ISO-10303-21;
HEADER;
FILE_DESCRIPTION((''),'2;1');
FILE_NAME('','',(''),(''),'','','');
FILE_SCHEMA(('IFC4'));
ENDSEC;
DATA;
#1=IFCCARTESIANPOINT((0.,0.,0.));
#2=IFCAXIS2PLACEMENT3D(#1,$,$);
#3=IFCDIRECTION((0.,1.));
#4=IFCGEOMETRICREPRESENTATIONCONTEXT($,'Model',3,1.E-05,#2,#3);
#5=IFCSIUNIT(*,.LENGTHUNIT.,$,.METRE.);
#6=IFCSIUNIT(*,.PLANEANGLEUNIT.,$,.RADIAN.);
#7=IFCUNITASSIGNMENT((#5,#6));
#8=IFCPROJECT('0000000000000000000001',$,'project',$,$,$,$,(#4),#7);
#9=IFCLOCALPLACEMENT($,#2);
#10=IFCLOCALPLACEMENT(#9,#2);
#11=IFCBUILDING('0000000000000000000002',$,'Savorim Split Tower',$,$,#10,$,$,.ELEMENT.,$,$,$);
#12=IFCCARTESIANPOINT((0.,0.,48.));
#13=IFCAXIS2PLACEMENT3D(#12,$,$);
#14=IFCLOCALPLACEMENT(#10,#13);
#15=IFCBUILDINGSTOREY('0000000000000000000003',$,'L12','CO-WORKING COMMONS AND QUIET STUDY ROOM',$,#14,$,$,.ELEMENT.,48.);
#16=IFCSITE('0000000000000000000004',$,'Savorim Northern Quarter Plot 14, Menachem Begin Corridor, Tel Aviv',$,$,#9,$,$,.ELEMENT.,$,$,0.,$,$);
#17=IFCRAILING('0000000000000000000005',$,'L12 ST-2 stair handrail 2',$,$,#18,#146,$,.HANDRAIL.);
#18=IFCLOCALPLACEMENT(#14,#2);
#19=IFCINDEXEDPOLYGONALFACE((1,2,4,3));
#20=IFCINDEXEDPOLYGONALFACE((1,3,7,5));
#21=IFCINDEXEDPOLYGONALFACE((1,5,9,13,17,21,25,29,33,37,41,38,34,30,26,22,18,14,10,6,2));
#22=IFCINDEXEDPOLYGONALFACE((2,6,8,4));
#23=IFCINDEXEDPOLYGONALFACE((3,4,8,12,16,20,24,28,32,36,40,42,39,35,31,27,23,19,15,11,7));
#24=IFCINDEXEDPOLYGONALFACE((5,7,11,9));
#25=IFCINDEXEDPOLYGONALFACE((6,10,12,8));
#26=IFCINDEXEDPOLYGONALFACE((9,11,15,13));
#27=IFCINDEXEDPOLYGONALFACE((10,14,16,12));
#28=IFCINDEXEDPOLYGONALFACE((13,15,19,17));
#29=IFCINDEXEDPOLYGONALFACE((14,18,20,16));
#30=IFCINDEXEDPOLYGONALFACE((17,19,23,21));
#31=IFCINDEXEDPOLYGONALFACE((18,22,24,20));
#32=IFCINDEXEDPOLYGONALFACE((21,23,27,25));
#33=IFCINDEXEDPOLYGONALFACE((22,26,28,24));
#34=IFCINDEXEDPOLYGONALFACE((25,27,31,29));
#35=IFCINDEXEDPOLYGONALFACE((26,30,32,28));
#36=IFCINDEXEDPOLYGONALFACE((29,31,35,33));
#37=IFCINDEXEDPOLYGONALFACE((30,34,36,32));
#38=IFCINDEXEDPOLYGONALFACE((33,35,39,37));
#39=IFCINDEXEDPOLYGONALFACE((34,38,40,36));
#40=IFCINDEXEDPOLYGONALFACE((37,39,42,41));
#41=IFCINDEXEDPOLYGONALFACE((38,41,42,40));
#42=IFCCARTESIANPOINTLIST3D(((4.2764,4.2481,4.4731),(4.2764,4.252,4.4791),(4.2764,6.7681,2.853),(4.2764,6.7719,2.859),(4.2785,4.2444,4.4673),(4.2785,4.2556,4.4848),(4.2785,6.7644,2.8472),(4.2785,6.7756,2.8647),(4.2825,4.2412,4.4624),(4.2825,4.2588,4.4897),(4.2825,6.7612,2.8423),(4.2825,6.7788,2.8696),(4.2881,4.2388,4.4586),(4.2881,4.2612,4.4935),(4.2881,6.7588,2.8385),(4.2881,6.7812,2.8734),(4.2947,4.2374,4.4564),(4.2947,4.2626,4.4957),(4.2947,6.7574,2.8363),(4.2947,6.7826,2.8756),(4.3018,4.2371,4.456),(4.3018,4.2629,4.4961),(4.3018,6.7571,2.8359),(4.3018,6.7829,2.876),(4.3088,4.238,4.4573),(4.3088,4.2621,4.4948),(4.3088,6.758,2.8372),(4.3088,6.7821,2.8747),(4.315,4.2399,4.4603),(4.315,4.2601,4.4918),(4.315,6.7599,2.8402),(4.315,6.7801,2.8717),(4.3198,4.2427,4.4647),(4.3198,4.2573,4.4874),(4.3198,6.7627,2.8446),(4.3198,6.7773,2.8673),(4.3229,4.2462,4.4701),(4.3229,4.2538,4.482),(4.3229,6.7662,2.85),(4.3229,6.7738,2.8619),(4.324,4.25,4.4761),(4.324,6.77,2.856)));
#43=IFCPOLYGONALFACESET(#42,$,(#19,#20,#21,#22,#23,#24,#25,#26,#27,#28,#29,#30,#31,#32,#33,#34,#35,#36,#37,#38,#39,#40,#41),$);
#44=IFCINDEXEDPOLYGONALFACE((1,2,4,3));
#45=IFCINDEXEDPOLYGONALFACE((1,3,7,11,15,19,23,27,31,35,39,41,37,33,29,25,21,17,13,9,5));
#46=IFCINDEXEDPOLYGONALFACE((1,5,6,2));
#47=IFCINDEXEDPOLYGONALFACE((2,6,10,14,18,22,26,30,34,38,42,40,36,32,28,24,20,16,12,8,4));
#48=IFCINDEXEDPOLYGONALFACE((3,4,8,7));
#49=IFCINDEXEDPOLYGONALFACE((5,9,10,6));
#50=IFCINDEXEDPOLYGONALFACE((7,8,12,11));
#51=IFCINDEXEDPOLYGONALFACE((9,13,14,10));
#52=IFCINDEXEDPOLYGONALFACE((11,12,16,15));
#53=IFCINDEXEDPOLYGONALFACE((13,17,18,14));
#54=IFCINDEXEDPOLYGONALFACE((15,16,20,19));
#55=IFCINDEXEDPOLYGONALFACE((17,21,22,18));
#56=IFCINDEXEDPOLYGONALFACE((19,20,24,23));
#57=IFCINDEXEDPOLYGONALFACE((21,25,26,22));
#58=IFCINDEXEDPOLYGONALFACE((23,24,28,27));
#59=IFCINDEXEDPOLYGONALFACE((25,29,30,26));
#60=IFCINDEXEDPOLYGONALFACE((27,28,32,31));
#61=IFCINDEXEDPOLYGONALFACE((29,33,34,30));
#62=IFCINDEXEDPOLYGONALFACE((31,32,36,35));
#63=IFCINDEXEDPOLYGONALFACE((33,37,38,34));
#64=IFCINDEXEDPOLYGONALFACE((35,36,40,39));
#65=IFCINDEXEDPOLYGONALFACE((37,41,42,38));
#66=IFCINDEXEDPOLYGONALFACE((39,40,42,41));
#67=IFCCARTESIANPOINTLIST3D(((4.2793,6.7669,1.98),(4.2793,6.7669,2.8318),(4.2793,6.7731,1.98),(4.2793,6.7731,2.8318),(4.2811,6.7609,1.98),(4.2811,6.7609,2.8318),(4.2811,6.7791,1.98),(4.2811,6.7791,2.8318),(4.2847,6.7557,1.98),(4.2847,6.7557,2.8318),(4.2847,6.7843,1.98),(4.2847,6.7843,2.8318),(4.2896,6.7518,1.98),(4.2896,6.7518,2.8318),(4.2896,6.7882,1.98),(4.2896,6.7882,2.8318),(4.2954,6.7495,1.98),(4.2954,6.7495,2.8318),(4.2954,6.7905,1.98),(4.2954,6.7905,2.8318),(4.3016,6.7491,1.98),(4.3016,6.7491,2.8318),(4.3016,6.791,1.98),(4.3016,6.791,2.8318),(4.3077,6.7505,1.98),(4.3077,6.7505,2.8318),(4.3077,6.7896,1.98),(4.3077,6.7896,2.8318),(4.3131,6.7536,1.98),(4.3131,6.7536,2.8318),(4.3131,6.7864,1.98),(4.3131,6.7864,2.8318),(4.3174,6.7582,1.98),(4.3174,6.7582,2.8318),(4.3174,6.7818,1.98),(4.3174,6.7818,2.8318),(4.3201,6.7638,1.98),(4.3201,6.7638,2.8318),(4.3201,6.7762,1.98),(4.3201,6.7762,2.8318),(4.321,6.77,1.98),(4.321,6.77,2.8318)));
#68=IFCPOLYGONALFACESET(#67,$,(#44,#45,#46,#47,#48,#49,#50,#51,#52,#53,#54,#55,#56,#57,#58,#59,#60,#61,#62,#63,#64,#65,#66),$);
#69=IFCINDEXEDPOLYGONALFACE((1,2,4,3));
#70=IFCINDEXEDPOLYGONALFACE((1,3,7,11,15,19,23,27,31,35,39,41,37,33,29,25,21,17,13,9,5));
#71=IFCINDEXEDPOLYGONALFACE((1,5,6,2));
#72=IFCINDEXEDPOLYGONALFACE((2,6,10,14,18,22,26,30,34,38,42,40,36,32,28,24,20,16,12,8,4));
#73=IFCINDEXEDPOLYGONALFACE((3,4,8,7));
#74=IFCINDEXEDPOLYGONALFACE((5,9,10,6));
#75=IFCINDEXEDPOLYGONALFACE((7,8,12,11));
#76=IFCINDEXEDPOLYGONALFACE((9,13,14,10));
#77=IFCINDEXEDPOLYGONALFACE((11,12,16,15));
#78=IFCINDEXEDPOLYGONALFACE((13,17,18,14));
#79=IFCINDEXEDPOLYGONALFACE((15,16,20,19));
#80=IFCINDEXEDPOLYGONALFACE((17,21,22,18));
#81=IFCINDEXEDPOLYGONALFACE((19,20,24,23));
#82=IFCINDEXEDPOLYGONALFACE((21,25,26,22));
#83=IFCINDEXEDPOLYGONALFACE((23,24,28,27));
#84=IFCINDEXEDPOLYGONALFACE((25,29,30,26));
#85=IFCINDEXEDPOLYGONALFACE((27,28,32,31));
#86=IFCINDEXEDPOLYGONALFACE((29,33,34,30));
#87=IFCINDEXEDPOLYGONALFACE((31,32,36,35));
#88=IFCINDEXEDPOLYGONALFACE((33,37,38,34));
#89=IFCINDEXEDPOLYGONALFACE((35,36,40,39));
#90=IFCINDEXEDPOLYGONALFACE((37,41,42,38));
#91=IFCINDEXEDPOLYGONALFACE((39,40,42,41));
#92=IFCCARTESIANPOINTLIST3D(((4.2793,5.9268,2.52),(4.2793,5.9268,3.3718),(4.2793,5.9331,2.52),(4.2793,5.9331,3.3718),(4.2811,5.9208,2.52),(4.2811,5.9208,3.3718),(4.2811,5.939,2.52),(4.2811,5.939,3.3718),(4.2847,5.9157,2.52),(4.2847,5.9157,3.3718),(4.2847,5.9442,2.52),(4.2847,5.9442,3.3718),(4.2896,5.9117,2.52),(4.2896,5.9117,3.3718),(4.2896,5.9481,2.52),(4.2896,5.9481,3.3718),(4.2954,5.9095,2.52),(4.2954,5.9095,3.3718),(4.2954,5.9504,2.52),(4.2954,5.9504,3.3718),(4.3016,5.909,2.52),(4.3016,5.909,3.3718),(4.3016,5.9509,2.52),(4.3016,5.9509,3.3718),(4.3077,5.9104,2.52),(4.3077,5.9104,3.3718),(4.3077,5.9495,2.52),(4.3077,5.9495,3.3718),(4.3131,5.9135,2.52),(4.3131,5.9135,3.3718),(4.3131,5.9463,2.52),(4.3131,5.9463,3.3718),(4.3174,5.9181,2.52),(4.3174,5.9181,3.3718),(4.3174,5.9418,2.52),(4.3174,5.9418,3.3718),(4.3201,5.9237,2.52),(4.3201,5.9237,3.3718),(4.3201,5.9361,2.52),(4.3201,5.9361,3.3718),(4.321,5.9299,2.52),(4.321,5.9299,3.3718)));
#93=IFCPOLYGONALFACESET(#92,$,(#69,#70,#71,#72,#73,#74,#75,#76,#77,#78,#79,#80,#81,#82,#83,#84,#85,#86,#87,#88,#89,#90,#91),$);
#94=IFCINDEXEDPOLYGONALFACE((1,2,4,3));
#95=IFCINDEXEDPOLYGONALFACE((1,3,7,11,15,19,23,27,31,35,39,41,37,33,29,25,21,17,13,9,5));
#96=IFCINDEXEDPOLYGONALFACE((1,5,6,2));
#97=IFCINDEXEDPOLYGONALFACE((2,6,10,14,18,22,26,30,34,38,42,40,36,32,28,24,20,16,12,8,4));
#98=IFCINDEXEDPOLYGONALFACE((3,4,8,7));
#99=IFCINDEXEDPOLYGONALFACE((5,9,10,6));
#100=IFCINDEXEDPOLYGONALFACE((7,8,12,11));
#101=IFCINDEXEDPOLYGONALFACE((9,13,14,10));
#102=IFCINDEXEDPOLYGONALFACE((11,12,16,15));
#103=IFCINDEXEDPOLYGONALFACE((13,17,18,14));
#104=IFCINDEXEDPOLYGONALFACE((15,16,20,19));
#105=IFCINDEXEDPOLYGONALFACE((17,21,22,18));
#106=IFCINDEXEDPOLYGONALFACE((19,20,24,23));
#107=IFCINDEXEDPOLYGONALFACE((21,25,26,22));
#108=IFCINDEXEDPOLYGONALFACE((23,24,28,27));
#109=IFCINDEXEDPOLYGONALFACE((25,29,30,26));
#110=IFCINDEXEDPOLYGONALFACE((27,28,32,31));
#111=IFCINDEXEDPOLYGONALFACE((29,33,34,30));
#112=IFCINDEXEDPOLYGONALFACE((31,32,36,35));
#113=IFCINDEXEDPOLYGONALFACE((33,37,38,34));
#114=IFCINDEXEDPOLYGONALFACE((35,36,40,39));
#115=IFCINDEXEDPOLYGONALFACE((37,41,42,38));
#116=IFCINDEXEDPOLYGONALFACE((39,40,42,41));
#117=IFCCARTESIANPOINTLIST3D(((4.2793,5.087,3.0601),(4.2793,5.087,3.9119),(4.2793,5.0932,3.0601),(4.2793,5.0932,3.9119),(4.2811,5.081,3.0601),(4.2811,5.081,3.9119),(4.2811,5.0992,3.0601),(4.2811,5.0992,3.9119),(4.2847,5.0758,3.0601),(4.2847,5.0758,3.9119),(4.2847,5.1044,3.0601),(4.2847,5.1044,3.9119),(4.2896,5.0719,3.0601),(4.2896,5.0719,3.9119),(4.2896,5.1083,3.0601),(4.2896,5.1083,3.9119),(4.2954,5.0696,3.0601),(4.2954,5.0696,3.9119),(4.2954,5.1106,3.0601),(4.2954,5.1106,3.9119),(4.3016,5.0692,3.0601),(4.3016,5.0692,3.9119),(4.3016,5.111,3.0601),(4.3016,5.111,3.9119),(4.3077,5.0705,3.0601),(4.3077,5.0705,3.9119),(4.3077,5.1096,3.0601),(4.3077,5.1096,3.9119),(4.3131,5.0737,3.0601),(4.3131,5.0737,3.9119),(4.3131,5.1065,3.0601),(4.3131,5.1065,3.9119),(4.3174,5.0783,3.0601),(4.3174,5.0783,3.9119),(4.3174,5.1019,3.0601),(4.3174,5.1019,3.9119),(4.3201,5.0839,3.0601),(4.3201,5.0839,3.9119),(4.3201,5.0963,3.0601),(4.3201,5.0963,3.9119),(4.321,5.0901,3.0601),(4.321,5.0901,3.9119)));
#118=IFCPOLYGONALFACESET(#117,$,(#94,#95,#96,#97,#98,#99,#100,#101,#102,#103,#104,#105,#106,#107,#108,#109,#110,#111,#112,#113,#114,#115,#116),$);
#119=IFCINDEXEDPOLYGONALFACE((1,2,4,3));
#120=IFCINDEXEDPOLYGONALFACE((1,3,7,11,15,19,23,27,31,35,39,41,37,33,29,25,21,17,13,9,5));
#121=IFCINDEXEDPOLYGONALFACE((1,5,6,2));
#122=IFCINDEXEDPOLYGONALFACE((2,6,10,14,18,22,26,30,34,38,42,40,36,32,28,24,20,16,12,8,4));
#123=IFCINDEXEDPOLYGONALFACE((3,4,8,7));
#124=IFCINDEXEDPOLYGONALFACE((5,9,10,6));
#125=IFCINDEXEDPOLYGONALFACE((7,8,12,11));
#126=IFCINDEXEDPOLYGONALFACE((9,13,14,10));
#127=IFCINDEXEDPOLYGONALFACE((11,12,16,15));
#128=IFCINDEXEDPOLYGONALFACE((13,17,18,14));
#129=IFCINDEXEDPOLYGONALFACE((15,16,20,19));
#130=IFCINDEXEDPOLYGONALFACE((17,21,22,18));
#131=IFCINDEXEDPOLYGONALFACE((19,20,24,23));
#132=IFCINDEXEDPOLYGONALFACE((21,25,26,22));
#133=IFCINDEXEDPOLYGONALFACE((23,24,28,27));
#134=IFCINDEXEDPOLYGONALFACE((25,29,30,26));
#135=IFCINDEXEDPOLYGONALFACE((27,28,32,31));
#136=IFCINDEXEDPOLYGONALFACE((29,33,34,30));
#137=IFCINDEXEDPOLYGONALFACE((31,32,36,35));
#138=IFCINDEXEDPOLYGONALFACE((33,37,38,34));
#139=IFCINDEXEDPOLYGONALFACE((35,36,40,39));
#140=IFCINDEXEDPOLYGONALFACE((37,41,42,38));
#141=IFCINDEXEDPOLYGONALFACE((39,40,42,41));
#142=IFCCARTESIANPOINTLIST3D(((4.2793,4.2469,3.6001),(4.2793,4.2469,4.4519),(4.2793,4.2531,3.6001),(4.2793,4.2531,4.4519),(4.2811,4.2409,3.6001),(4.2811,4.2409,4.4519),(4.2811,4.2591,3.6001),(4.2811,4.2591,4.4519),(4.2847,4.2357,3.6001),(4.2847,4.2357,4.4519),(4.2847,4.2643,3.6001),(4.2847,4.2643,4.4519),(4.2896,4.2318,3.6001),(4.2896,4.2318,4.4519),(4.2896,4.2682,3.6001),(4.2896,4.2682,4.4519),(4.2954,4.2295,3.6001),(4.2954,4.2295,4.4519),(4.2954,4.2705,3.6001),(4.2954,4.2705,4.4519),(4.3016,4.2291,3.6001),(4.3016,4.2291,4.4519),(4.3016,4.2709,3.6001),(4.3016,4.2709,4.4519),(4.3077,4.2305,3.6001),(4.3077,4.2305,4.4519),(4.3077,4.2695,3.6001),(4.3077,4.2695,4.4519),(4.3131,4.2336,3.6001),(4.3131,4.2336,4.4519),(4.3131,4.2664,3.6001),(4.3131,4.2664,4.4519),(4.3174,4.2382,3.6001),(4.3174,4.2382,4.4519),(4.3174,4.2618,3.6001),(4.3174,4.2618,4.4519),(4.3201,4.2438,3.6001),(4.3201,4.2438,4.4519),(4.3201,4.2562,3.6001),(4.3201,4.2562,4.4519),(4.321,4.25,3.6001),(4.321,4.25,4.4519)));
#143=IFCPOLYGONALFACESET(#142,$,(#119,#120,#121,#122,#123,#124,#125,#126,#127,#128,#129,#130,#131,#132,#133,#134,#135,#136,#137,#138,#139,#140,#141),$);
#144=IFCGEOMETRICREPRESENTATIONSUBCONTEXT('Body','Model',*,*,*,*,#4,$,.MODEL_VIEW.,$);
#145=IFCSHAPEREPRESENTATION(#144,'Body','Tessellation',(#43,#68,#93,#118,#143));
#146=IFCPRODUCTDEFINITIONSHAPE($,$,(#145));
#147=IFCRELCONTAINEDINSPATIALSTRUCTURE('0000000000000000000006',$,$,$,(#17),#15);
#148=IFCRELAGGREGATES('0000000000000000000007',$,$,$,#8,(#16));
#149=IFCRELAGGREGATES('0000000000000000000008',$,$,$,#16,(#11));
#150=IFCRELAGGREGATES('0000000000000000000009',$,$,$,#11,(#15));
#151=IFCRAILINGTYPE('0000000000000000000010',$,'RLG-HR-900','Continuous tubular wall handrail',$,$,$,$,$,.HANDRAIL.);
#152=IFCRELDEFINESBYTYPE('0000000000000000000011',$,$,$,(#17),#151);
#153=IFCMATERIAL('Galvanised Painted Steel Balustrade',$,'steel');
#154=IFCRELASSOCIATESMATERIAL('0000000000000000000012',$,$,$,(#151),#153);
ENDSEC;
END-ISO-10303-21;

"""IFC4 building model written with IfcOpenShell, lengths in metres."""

from ifc_helpers import new_model, si_unit, direction, frame, origin, origin_2d, place, context, subcontext, project, spatial, circle, extrude, material, type_object, element, save


model = new_model("IFC4")

# Units and contexts
model_context = context("Model", 3, precision=1e-05, world=origin(), true_north=direction((0.0, 1.0)))
body_context = subcontext(model_context, "Body", "Model", "MODEL_VIEW")
ifc_project = project(units=[si_unit("LENGTHUNIT", "METRE"), si_unit("PLANEANGLEUNIT", "RADIAN")], contexts=[model_context])

# Site, building, storey
site_placement = place(None, origin())
site = spatial("IfcSite", under=ifc_project, at=site_placement, Name="Savorim Northern Quarter Plot 14, Menachem Begin Corridor, Tel Aviv", CompositionType="ELEMENT", RefElevation=0.0)
building_placement = place(site_placement, origin())
building = spatial("IfcBuilding", under=site, at=building_placement, Name="Savorim Split Tower", CompositionType="ELEMENT")
storey_placement = place(building_placement, frame((0.0, 0.0, 48.0)))
storey = spatial("IfcBuildingStorey", under=building, at=storey_placement, Name="L12", Description="CO-WORKING COMMONS AND QUIET STUDY ROOM", CompositionType="ELEMENT", Elevation=48.0)

# Railing
ifc_material_1 = material(Name="Galvanised Painted Steel Balustrade", Category="steel")
railing_type_1 = type_object("IfcRailingType", Name="RLG-HR-900", Description="Continuous tubular wall handrail", PredefinedType="HANDRAIL", material=ifc_material_1)
railing_1_placement = place(storey_placement, frame((4.3, 6.77, 1.98)))
element("IfcRailing", 1, at=railing_1_placement, inside=storey, type_object=railing_type_1, Name="L12 ST-2 stair handrail 2", PredefinedType="HANDRAIL", context=body_context, shape_type="SweptSolid", body=[
    extrude(circle(Radius=0.0239, at=origin_2d()), frame((0.0, 0.0, 0.876), z_axis=(0.0, -0.841163, 0.540782), x_axis=(1.0, 0.0, 0.0)), (0.0, 0.0, 1.0), 2.9958),
    extrude(circle(Radius=0.021, at=origin_2d()), origin(), (0.0, 0.0, 1.0), 0.8518),
    extrude(circle(Radius=0.021, at=origin_2d()), frame((0.0, -0.8401, 0.54)), (0.0, 0.0, 1.0), 0.8518),
    extrude(circle(Radius=0.021, at=origin_2d()), frame((0.0, -1.6799, 1.0801)), (0.0, 0.0, 1.0), 0.8518),
    extrude(circle(Radius=0.021, at=origin_2d()), frame((0.0, -2.52, 1.6201)), (0.0, 0.0, 1.0), 0.8518),
])

save(model, "model.ifc")
